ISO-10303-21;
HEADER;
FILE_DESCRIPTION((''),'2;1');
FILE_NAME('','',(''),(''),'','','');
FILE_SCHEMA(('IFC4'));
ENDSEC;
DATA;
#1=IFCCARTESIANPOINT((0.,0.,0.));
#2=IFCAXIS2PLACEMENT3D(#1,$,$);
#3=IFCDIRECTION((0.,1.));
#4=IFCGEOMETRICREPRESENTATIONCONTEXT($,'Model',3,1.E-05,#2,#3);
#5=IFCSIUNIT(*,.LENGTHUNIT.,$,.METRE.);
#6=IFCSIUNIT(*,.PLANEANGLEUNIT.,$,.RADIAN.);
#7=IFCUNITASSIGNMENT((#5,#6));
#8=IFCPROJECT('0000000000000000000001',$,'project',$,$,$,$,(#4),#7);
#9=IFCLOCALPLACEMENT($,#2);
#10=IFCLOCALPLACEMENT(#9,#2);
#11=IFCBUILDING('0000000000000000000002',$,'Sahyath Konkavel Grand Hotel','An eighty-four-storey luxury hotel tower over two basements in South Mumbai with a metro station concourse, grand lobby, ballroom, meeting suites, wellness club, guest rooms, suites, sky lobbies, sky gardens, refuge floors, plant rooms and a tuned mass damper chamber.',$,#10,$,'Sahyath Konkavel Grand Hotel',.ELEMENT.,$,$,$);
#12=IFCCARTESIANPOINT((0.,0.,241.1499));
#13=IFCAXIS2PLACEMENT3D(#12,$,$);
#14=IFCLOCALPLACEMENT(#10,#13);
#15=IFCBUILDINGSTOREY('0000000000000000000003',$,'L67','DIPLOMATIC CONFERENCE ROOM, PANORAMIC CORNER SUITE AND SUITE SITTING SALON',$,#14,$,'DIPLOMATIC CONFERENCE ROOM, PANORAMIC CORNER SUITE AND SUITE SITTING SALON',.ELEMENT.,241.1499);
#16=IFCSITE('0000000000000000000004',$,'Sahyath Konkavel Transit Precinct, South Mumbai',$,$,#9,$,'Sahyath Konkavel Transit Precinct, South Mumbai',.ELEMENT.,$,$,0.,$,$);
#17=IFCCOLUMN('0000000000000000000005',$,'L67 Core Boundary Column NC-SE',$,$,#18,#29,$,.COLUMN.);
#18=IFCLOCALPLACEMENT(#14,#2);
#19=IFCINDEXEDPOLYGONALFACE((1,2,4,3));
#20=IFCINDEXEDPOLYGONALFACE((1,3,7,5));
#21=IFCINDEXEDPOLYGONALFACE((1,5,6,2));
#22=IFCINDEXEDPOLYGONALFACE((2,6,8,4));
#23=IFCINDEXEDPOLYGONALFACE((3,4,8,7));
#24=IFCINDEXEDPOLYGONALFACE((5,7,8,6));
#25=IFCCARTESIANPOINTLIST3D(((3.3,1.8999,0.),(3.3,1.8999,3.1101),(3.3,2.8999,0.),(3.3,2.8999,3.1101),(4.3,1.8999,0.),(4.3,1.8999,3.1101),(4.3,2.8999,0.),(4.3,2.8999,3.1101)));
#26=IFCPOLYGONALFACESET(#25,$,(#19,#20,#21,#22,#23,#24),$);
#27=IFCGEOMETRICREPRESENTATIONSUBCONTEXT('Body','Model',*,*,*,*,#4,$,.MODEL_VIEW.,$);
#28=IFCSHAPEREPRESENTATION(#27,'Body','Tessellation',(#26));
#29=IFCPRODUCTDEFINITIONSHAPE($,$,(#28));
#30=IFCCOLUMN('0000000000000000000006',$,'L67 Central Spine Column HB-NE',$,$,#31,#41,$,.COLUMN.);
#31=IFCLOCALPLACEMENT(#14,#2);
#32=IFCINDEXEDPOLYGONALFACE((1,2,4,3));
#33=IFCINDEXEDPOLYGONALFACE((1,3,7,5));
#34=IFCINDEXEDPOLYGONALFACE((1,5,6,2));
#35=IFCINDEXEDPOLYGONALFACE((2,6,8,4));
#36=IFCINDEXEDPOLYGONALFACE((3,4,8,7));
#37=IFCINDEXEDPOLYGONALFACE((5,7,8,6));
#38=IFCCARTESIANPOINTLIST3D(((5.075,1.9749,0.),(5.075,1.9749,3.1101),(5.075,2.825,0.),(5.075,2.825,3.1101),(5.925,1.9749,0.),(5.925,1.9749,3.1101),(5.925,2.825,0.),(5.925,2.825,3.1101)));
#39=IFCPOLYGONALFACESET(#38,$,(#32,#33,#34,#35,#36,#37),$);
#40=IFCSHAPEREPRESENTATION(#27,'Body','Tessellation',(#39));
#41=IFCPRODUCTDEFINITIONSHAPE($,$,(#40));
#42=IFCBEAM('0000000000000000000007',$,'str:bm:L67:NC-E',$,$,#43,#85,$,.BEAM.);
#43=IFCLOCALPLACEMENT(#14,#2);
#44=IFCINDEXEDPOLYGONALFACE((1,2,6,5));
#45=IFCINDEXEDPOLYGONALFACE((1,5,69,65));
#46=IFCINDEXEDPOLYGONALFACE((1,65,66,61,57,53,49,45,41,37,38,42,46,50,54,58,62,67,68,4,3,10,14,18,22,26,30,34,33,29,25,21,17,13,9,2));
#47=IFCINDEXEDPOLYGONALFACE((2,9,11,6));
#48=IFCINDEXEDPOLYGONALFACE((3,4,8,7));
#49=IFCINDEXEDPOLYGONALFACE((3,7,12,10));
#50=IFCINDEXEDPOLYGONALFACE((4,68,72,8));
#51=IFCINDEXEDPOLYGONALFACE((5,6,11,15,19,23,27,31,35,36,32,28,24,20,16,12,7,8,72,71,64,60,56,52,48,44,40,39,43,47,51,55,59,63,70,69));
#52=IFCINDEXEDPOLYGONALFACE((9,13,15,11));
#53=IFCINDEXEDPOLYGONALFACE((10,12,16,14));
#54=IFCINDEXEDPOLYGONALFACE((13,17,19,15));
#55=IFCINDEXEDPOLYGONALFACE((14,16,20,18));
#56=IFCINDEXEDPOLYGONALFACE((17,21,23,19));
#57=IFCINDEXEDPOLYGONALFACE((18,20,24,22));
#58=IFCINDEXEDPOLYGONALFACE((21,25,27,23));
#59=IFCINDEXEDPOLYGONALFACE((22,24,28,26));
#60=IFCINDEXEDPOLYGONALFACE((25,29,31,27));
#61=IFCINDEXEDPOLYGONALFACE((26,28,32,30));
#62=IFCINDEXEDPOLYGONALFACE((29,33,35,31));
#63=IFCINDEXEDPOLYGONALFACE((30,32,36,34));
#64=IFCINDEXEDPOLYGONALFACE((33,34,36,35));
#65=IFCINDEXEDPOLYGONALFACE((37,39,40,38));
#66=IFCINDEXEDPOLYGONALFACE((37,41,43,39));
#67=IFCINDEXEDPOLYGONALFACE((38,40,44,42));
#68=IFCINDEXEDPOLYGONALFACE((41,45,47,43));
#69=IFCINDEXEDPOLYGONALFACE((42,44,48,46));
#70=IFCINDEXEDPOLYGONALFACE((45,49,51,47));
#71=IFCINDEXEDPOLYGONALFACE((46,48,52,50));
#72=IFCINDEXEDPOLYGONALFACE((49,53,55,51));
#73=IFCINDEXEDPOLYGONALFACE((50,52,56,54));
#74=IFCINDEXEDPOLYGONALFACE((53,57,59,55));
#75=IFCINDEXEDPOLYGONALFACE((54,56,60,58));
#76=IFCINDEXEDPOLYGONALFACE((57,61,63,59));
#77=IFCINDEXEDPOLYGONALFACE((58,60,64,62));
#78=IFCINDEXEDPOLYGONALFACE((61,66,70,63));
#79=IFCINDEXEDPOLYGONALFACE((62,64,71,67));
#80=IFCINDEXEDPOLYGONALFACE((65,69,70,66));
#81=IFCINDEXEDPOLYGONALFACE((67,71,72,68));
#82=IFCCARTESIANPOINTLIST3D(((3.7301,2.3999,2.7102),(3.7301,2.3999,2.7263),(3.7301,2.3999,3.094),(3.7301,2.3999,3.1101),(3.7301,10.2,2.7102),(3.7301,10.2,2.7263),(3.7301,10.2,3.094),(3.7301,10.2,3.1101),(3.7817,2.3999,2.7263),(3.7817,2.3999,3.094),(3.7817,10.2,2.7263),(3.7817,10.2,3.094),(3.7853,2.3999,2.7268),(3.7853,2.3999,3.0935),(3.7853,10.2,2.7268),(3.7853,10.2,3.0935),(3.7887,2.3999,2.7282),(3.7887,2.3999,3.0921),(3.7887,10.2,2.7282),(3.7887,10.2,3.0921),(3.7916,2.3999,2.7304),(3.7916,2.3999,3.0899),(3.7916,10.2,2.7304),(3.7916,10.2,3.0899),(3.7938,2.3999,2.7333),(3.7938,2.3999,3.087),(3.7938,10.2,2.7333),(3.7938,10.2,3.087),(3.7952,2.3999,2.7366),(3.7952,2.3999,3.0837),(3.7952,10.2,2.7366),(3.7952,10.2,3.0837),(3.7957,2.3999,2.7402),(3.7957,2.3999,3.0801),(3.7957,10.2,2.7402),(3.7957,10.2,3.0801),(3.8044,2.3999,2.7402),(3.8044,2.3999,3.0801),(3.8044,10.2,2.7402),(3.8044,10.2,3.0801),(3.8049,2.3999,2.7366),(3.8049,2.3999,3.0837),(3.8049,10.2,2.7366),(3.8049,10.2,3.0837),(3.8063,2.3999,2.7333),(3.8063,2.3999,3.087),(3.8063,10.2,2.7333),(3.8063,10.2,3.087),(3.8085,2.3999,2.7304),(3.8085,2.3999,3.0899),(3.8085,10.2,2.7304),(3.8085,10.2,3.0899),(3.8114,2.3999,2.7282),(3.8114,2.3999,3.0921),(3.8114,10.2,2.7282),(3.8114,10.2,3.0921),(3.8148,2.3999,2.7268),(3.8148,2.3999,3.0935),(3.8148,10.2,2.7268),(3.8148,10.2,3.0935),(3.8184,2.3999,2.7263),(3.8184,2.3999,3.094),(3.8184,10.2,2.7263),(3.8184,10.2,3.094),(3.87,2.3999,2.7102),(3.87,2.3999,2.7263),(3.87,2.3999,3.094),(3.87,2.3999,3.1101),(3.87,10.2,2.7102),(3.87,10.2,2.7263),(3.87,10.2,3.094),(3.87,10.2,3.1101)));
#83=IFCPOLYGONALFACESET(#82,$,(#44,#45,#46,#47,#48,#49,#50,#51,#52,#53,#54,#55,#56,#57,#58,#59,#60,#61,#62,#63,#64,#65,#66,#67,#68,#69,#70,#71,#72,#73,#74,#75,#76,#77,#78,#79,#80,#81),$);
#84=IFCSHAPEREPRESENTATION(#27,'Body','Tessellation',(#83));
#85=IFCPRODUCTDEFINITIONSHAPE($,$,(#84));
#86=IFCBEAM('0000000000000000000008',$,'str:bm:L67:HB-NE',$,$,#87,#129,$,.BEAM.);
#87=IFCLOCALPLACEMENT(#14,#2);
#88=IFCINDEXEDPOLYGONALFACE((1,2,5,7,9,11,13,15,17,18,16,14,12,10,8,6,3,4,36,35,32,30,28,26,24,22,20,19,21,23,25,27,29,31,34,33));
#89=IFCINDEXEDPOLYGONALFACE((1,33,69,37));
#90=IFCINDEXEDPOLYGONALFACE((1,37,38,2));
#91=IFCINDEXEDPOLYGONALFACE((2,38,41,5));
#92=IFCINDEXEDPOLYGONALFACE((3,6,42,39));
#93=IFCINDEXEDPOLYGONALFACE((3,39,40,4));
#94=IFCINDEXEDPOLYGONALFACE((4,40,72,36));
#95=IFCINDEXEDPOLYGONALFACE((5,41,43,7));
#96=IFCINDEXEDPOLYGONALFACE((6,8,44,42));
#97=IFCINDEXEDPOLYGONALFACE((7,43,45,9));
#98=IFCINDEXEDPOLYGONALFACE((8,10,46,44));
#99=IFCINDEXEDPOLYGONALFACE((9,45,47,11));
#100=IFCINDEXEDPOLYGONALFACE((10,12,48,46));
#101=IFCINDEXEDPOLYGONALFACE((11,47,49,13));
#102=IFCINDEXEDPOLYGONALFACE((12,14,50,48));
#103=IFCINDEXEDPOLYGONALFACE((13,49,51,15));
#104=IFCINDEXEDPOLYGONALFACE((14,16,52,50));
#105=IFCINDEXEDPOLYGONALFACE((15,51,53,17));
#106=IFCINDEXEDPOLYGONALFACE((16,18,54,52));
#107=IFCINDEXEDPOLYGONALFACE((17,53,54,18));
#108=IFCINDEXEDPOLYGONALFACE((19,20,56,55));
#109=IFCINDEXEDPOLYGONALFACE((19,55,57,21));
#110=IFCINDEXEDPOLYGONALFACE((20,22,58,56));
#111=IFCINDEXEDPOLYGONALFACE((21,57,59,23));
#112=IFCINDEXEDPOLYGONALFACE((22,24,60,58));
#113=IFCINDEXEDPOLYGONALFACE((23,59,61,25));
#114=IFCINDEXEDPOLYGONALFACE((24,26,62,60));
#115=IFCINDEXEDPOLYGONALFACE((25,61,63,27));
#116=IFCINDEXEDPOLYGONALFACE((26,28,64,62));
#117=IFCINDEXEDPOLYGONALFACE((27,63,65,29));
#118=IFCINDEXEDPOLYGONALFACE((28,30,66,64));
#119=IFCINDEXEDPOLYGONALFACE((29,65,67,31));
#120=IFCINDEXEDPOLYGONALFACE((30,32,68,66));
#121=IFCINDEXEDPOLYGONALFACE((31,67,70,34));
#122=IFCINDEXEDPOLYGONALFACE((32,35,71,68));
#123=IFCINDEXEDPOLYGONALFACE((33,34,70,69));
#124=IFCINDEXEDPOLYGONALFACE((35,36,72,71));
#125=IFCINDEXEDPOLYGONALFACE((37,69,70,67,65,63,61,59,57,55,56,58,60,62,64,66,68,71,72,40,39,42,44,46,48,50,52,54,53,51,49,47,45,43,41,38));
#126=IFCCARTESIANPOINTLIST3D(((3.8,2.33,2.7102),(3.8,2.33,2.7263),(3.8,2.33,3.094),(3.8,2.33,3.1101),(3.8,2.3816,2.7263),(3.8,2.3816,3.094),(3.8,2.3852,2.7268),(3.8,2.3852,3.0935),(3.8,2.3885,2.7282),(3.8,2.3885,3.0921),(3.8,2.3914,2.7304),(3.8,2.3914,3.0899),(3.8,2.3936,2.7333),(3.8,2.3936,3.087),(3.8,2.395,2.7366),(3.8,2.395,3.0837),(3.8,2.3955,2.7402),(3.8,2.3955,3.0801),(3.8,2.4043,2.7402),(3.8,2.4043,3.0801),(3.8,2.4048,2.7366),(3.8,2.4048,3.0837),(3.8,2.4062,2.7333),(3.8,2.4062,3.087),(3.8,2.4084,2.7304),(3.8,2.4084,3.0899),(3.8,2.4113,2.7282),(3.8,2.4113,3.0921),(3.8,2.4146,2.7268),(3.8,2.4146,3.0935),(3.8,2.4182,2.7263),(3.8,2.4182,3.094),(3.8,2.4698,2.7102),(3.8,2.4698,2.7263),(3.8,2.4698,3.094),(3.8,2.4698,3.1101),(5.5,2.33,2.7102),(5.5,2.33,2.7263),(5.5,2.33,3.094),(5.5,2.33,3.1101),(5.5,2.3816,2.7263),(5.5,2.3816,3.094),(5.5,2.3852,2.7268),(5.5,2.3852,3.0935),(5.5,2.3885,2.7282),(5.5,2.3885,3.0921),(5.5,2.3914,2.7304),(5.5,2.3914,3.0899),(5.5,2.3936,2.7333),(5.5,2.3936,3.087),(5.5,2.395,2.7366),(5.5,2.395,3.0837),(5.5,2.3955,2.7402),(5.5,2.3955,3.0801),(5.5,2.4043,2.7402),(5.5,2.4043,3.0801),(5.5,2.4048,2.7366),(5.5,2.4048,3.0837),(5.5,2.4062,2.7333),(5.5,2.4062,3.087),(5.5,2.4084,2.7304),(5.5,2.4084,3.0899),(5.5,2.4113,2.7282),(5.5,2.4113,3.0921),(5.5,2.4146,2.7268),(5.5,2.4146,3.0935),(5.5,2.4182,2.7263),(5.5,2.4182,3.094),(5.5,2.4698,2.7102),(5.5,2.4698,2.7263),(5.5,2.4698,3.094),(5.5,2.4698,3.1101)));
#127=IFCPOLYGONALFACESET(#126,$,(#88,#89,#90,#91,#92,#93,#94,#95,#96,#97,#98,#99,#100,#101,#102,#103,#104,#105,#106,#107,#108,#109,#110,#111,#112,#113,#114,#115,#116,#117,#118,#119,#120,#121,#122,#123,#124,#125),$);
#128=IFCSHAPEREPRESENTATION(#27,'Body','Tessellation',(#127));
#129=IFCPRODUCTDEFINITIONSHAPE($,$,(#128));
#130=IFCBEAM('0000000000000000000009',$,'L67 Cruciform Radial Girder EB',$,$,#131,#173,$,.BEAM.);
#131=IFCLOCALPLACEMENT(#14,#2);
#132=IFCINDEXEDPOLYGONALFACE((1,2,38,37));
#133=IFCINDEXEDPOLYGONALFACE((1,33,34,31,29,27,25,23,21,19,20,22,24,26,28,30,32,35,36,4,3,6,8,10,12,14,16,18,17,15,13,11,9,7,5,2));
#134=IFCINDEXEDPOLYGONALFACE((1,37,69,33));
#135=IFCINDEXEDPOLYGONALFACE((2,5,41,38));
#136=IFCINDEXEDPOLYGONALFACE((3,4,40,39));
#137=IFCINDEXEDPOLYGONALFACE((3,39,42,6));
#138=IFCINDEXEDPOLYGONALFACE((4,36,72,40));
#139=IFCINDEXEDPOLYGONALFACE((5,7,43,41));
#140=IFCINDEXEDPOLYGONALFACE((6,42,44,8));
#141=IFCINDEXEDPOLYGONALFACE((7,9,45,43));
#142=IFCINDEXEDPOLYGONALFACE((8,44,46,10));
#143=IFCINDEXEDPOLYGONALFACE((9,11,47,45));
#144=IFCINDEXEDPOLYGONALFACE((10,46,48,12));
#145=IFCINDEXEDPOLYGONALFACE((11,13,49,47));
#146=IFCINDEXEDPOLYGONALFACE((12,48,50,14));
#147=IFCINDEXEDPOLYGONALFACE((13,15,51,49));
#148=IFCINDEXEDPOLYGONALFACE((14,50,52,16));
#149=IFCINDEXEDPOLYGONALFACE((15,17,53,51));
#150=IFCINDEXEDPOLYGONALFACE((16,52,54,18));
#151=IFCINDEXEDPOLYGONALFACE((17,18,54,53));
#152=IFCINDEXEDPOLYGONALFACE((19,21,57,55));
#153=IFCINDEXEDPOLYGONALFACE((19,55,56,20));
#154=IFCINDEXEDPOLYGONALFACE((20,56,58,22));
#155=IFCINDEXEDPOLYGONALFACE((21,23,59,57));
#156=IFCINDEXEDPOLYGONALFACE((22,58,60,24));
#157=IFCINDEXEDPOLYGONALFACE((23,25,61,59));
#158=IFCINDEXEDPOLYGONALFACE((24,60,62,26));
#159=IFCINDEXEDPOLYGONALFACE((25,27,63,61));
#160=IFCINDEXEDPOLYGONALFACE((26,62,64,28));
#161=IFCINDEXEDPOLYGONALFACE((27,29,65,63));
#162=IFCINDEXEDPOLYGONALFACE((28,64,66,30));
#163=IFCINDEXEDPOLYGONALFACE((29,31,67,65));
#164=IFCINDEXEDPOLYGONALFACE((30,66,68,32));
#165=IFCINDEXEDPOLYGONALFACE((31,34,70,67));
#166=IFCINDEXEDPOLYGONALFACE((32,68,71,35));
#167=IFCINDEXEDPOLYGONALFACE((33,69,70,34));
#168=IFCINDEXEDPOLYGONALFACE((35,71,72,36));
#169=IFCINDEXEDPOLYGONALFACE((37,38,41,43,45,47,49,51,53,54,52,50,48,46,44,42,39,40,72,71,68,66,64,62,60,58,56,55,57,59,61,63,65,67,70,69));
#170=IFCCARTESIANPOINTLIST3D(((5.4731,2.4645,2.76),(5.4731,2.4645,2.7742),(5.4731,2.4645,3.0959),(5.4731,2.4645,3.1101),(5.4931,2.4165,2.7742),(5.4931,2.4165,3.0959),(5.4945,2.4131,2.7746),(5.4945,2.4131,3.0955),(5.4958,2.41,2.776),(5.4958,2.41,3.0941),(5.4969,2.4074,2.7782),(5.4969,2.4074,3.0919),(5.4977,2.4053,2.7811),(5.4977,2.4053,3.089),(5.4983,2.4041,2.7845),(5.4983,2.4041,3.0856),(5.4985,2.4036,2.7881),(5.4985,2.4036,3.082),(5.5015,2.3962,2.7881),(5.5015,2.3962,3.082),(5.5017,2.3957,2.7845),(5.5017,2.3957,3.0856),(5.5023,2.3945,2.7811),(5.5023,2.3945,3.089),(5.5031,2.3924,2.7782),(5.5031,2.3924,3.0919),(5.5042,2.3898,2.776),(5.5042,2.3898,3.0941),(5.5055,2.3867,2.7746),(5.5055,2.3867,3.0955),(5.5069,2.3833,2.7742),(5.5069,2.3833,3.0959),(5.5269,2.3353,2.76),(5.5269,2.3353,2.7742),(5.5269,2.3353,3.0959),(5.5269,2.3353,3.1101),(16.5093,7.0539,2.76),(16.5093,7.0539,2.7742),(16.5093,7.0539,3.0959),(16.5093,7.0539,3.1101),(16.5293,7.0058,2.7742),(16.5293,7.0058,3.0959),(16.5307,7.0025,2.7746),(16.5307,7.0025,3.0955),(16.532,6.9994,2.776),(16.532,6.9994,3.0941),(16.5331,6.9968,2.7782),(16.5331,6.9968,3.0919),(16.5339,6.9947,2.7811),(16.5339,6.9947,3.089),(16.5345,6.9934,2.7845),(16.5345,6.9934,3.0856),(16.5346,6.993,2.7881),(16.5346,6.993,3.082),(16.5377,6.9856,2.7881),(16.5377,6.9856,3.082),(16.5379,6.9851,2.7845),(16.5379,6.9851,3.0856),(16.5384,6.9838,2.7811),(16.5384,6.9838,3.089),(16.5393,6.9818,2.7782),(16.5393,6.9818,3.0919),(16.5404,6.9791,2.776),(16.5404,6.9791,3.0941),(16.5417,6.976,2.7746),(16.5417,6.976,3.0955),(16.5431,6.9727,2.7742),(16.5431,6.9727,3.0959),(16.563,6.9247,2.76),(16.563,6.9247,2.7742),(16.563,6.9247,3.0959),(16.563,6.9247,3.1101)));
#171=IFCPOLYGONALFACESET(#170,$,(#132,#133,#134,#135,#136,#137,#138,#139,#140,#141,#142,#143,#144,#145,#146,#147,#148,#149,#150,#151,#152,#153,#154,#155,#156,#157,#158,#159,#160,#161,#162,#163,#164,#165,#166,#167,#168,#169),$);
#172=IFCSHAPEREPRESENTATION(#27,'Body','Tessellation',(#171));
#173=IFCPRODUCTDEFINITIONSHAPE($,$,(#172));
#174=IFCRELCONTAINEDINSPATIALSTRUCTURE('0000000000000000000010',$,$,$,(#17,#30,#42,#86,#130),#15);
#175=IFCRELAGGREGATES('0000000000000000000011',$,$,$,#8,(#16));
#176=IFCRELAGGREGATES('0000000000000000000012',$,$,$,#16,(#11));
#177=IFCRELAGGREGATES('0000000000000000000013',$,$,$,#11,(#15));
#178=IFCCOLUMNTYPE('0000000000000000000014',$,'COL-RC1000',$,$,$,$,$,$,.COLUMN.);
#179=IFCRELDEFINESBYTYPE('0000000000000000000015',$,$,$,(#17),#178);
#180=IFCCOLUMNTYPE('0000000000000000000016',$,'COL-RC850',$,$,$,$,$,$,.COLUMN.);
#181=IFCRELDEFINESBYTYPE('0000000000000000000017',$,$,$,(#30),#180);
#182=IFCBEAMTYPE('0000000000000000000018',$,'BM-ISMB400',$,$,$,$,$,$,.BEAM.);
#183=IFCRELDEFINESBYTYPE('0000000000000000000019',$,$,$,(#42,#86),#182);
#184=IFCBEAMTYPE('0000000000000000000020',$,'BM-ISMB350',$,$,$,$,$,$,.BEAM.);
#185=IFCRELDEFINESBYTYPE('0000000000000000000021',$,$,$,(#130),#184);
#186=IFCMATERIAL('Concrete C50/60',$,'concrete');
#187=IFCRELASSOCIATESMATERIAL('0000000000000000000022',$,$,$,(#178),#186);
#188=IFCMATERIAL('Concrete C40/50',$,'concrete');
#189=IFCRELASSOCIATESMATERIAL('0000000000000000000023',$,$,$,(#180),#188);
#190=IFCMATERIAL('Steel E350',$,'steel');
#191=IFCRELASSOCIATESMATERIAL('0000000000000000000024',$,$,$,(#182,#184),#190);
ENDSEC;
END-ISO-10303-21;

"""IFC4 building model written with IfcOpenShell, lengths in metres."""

from ifc_helpers import new_model, si_unit, direction, frame, origin, origin_2d, place, context, subcontext, project, spatial, rectangle, i_section, extrude, source, transform, mapped, material, material_profile, profile_set, type_object, element, save


model = new_model("IFC4")

# Units and contexts
model_context = context("Model", 3, precision=1e-05, world=origin(), true_north=direction((0.0, 1.0)))
body_context = subcontext(model_context, "Body", "Model", "MODEL_VIEW")
ifc_project = project(units=[si_unit("LENGTHUNIT", "METRE"), si_unit("PLANEANGLEUNIT", "RADIAN")], contexts=[model_context])

# Site, building, storey
site_placement = place(None, origin())
site = spatial("IfcSite", under=ifc_project, at=site_placement, Name="Sahyath Konkavel Transit Precinct, South Mumbai", LongName="Sahyath Konkavel Transit Precinct, South Mumbai", CompositionType="ELEMENT", RefElevation=0.0)
building_placement = place(site_placement, origin())
building = spatial("IfcBuilding", under=site, at=building_placement, Name="Sahyath Konkavel Grand Hotel", Description="An eighty-four-storey luxury hotel tower over two basements in South Mumbai with a metro station concourse, grand lobby, ballroom, meeting suites, wellness club, guest rooms, suites, sky lobbies, sky gardens, refuge floors, plant rooms and a tuned mass damper chamber.", LongName="Sahyath Konkavel Grand Hotel", CompositionType="ELEMENT")
storey_placement = place(building_placement, frame((0.0, 0.0, 241.1499)))
storey = spatial("IfcBuildingStorey", under=building, at=storey_placement, Name="L67", Description="DIPLOMATIC CONFERENCE ROOM, PANORAMIC CORNER SUITE AND SUITE SITTING SALON", LongName="DIPLOMATIC CONFERENCE ROOM, PANORAMIC CORNER SUITE AND SUITE SITTING SALON", CompositionType="ELEMENT", Elevation=241.1499)

# Columns
ifc_material_1 = material(Name="Concrete C50/60", Category="concrete")
ifc_material_profile_1 = material_profile(ifc_material_1, rectangle(XDim=1.0, YDim=1.0, at=origin_2d()), Name="RC 1000x1000")
ifc_profile_set_1 = profile_set([ifc_material_profile_1], Name="Concrete C50/60")
column_type_1 = type_object("IfcColumnType", Name="COL-RC1000", PredefinedType="COLUMN", material=ifc_profile_set_1)
shared_shape_1 = source(origin(), body_context, "Body", "SweptSolid", [
    extrude(rectangle(XDim=1.0, YDim=1.0, at=origin_2d()), origin(), (0.0, 0.0, 1.0), 3.1101),
])
column_1_placement = place(storey_placement, frame((3.8, 2.3999, 0.0), z_axis=(0.0, 0.0, 1.0), x_axis=(1.0, 0.0, 0.0)))
element("IfcColumn", 1, at=column_1_placement, inside=storey, type_object=column_type_1, Name="L67 Core Boundary Column NC-SE", PredefinedType="COLUMN", context=body_context, shape_type="MappedRepresentation", body=[
    mapped(shared_shape_1, transform((0.0, 0.0, 0.0), scale=1.0)),
])
ifc_material_2 = material(Name="Concrete C40/50", Category="concrete")
ifc_material_profile_2 = material_profile(ifc_material_2, rectangle(XDim=0.8501, YDim=0.8501, at=origin_2d()), Name="RC 850x850")
ifc_profile_set_2 = profile_set([ifc_material_profile_2], Name="Concrete C40/50")
column_type_2 = type_object("IfcColumnType", Name="COL-RC850", PredefinedType="COLUMN", material=ifc_profile_set_2)
shared_shape_2 = source(origin(), body_context, "Body", "SweptSolid", [
    extrude(rectangle(XDim=0.8501, YDim=0.8501, at=origin_2d()), origin(), (0.0, 0.0, 1.0), 3.1101),
])
column_2_placement = place(storey_placement, frame((5.5, 2.3999, 0.0), z_axis=(0.0, 0.0, 1.0), x_axis=(1.0, 0.0, 0.0)))
element("IfcColumn", 2, at=column_2_placement, inside=storey, type_object=column_type_2, Name="L67 Central Spine Column HB-NE", PredefinedType="COLUMN", context=body_context, shape_type="MappedRepresentation", body=[
    mapped(shared_shape_2, transform((0.0, 0.0, 0.0), scale=1.0)),
])

# Beams
ifc_material_3 = material(Name="Steel E350", Category="steel")
ifc_material_profile_3 = material_profile(ifc_material_3, i_section(OverallWidth=0.1399, OverallDepth=0.3999, WebThickness=0.0088, FlangeThickness=0.0161, FilletRadius=0.0139, at=origin_2d()), Name="ISMB 400")
ifc_profile_set_3 = profile_set([ifc_material_profile_3], Name="Steel E350")
beam_type_1 = type_object("IfcBeamType", Name="BM-ISMB400", PredefinedType="BEAM", material=ifc_profile_set_3)
shared_shape_3 = source(origin(), body_context, "Body", "SweptSolid", [
    extrude(i_section(OverallWidth=0.1399, OverallDepth=0.3999, WebThickness=0.0088, FlangeThickness=0.0161, FilletRadius=0.0139, at=origin_2d()), origin(), (0.0, 0.0, 1.0), 7.8),
])
beam_1_placement = place(storey_placement, frame((3.8, 2.3999, 2.9102), z_axis=(0.0, 1.0, 0.0), x_axis=(-1.0, 0.0, 0.0)))
element("IfcBeam", 3, at=beam_1_placement, inside=storey, type_object=beam_type_1, Name="str:bm:L67:NC-E", PredefinedType="BEAM", context=body_context, shape_type="MappedRepresentation", body=[
    mapped(shared_shape_3, transform((0.0, 0.0, 0.0), scale=1.0)),
])
shared_shape_4 = source(origin(), body_context, "Body", "SweptSolid", [
    extrude(i_section(OverallWidth=0.1399, OverallDepth=0.3999, WebThickness=0.0088, FlangeThickness=0.0161, FilletRadius=0.0139, at=origin_2d()), origin(), (0.0, 0.0, 1.0), 1.7),
])
beam_2_placement = place(storey_placement, frame((3.8, 2.3999, 2.9102), z_axis=(1.0, 0.0, 0.0), x_axis=(0.0, 1.0, 0.0)))
element("IfcBeam", 4, at=beam_2_placement, inside=storey, type_object=beam_type_1, Name="str:bm:L67:HB-NE", PredefinedType="BEAM", context=body_context, shape_type="MappedRepresentation", body=[
    mapped(shared_shape_4, transform((0.0, 0.0, 0.0), scale=1.0)),
])
ifc_material_profile_4 = material_profile(ifc_material_3, i_section(OverallWidth=0.1399, OverallDepth=0.3501, WebThickness=0.0081, FlangeThickness=0.0142, FilletRadius=0.0139, at=origin_2d()), Name="ISMB 350")
ifc_profile_set_4 = profile_set([ifc_material_profile_4], Name="Steel E350")
beam_type_2 = type_object("IfcBeamType", Name="BM-ISMB350", PredefinedType="BEAM", material=ifc_profile_set_4)
shared_shape_5 = source(origin(), body_context, "Body", "SweptSolid", [
    extrude(i_section(OverallWidth=0.1399, OverallDepth=0.3501, WebThickness=0.0081, FlangeThickness=0.0142, FilletRadius=0.0139, at=origin_2d()), origin(), (0.0, 0.0, 1.0), 11.9524),
])
beam_3_placement = place(storey_placement, frame((5.5, 2.3999, 2.9351), z_axis=(0.923345, 0.383971, 0.0), x_axis=(-0.383971, 0.923345, 0.0)))
element("IfcBeam", 5, at=beam_3_placement, inside=storey, type_object=beam_type_2, Name="L67 Cruciform Radial Girder EB", PredefinedType="BEAM", context=body_context, shape_type="MappedRepresentation", body=[
    mapped(shared_shape_5, transform((0.0, 0.0, 0.0), scale=1.0)),
])

save(model, "model.ifc")
